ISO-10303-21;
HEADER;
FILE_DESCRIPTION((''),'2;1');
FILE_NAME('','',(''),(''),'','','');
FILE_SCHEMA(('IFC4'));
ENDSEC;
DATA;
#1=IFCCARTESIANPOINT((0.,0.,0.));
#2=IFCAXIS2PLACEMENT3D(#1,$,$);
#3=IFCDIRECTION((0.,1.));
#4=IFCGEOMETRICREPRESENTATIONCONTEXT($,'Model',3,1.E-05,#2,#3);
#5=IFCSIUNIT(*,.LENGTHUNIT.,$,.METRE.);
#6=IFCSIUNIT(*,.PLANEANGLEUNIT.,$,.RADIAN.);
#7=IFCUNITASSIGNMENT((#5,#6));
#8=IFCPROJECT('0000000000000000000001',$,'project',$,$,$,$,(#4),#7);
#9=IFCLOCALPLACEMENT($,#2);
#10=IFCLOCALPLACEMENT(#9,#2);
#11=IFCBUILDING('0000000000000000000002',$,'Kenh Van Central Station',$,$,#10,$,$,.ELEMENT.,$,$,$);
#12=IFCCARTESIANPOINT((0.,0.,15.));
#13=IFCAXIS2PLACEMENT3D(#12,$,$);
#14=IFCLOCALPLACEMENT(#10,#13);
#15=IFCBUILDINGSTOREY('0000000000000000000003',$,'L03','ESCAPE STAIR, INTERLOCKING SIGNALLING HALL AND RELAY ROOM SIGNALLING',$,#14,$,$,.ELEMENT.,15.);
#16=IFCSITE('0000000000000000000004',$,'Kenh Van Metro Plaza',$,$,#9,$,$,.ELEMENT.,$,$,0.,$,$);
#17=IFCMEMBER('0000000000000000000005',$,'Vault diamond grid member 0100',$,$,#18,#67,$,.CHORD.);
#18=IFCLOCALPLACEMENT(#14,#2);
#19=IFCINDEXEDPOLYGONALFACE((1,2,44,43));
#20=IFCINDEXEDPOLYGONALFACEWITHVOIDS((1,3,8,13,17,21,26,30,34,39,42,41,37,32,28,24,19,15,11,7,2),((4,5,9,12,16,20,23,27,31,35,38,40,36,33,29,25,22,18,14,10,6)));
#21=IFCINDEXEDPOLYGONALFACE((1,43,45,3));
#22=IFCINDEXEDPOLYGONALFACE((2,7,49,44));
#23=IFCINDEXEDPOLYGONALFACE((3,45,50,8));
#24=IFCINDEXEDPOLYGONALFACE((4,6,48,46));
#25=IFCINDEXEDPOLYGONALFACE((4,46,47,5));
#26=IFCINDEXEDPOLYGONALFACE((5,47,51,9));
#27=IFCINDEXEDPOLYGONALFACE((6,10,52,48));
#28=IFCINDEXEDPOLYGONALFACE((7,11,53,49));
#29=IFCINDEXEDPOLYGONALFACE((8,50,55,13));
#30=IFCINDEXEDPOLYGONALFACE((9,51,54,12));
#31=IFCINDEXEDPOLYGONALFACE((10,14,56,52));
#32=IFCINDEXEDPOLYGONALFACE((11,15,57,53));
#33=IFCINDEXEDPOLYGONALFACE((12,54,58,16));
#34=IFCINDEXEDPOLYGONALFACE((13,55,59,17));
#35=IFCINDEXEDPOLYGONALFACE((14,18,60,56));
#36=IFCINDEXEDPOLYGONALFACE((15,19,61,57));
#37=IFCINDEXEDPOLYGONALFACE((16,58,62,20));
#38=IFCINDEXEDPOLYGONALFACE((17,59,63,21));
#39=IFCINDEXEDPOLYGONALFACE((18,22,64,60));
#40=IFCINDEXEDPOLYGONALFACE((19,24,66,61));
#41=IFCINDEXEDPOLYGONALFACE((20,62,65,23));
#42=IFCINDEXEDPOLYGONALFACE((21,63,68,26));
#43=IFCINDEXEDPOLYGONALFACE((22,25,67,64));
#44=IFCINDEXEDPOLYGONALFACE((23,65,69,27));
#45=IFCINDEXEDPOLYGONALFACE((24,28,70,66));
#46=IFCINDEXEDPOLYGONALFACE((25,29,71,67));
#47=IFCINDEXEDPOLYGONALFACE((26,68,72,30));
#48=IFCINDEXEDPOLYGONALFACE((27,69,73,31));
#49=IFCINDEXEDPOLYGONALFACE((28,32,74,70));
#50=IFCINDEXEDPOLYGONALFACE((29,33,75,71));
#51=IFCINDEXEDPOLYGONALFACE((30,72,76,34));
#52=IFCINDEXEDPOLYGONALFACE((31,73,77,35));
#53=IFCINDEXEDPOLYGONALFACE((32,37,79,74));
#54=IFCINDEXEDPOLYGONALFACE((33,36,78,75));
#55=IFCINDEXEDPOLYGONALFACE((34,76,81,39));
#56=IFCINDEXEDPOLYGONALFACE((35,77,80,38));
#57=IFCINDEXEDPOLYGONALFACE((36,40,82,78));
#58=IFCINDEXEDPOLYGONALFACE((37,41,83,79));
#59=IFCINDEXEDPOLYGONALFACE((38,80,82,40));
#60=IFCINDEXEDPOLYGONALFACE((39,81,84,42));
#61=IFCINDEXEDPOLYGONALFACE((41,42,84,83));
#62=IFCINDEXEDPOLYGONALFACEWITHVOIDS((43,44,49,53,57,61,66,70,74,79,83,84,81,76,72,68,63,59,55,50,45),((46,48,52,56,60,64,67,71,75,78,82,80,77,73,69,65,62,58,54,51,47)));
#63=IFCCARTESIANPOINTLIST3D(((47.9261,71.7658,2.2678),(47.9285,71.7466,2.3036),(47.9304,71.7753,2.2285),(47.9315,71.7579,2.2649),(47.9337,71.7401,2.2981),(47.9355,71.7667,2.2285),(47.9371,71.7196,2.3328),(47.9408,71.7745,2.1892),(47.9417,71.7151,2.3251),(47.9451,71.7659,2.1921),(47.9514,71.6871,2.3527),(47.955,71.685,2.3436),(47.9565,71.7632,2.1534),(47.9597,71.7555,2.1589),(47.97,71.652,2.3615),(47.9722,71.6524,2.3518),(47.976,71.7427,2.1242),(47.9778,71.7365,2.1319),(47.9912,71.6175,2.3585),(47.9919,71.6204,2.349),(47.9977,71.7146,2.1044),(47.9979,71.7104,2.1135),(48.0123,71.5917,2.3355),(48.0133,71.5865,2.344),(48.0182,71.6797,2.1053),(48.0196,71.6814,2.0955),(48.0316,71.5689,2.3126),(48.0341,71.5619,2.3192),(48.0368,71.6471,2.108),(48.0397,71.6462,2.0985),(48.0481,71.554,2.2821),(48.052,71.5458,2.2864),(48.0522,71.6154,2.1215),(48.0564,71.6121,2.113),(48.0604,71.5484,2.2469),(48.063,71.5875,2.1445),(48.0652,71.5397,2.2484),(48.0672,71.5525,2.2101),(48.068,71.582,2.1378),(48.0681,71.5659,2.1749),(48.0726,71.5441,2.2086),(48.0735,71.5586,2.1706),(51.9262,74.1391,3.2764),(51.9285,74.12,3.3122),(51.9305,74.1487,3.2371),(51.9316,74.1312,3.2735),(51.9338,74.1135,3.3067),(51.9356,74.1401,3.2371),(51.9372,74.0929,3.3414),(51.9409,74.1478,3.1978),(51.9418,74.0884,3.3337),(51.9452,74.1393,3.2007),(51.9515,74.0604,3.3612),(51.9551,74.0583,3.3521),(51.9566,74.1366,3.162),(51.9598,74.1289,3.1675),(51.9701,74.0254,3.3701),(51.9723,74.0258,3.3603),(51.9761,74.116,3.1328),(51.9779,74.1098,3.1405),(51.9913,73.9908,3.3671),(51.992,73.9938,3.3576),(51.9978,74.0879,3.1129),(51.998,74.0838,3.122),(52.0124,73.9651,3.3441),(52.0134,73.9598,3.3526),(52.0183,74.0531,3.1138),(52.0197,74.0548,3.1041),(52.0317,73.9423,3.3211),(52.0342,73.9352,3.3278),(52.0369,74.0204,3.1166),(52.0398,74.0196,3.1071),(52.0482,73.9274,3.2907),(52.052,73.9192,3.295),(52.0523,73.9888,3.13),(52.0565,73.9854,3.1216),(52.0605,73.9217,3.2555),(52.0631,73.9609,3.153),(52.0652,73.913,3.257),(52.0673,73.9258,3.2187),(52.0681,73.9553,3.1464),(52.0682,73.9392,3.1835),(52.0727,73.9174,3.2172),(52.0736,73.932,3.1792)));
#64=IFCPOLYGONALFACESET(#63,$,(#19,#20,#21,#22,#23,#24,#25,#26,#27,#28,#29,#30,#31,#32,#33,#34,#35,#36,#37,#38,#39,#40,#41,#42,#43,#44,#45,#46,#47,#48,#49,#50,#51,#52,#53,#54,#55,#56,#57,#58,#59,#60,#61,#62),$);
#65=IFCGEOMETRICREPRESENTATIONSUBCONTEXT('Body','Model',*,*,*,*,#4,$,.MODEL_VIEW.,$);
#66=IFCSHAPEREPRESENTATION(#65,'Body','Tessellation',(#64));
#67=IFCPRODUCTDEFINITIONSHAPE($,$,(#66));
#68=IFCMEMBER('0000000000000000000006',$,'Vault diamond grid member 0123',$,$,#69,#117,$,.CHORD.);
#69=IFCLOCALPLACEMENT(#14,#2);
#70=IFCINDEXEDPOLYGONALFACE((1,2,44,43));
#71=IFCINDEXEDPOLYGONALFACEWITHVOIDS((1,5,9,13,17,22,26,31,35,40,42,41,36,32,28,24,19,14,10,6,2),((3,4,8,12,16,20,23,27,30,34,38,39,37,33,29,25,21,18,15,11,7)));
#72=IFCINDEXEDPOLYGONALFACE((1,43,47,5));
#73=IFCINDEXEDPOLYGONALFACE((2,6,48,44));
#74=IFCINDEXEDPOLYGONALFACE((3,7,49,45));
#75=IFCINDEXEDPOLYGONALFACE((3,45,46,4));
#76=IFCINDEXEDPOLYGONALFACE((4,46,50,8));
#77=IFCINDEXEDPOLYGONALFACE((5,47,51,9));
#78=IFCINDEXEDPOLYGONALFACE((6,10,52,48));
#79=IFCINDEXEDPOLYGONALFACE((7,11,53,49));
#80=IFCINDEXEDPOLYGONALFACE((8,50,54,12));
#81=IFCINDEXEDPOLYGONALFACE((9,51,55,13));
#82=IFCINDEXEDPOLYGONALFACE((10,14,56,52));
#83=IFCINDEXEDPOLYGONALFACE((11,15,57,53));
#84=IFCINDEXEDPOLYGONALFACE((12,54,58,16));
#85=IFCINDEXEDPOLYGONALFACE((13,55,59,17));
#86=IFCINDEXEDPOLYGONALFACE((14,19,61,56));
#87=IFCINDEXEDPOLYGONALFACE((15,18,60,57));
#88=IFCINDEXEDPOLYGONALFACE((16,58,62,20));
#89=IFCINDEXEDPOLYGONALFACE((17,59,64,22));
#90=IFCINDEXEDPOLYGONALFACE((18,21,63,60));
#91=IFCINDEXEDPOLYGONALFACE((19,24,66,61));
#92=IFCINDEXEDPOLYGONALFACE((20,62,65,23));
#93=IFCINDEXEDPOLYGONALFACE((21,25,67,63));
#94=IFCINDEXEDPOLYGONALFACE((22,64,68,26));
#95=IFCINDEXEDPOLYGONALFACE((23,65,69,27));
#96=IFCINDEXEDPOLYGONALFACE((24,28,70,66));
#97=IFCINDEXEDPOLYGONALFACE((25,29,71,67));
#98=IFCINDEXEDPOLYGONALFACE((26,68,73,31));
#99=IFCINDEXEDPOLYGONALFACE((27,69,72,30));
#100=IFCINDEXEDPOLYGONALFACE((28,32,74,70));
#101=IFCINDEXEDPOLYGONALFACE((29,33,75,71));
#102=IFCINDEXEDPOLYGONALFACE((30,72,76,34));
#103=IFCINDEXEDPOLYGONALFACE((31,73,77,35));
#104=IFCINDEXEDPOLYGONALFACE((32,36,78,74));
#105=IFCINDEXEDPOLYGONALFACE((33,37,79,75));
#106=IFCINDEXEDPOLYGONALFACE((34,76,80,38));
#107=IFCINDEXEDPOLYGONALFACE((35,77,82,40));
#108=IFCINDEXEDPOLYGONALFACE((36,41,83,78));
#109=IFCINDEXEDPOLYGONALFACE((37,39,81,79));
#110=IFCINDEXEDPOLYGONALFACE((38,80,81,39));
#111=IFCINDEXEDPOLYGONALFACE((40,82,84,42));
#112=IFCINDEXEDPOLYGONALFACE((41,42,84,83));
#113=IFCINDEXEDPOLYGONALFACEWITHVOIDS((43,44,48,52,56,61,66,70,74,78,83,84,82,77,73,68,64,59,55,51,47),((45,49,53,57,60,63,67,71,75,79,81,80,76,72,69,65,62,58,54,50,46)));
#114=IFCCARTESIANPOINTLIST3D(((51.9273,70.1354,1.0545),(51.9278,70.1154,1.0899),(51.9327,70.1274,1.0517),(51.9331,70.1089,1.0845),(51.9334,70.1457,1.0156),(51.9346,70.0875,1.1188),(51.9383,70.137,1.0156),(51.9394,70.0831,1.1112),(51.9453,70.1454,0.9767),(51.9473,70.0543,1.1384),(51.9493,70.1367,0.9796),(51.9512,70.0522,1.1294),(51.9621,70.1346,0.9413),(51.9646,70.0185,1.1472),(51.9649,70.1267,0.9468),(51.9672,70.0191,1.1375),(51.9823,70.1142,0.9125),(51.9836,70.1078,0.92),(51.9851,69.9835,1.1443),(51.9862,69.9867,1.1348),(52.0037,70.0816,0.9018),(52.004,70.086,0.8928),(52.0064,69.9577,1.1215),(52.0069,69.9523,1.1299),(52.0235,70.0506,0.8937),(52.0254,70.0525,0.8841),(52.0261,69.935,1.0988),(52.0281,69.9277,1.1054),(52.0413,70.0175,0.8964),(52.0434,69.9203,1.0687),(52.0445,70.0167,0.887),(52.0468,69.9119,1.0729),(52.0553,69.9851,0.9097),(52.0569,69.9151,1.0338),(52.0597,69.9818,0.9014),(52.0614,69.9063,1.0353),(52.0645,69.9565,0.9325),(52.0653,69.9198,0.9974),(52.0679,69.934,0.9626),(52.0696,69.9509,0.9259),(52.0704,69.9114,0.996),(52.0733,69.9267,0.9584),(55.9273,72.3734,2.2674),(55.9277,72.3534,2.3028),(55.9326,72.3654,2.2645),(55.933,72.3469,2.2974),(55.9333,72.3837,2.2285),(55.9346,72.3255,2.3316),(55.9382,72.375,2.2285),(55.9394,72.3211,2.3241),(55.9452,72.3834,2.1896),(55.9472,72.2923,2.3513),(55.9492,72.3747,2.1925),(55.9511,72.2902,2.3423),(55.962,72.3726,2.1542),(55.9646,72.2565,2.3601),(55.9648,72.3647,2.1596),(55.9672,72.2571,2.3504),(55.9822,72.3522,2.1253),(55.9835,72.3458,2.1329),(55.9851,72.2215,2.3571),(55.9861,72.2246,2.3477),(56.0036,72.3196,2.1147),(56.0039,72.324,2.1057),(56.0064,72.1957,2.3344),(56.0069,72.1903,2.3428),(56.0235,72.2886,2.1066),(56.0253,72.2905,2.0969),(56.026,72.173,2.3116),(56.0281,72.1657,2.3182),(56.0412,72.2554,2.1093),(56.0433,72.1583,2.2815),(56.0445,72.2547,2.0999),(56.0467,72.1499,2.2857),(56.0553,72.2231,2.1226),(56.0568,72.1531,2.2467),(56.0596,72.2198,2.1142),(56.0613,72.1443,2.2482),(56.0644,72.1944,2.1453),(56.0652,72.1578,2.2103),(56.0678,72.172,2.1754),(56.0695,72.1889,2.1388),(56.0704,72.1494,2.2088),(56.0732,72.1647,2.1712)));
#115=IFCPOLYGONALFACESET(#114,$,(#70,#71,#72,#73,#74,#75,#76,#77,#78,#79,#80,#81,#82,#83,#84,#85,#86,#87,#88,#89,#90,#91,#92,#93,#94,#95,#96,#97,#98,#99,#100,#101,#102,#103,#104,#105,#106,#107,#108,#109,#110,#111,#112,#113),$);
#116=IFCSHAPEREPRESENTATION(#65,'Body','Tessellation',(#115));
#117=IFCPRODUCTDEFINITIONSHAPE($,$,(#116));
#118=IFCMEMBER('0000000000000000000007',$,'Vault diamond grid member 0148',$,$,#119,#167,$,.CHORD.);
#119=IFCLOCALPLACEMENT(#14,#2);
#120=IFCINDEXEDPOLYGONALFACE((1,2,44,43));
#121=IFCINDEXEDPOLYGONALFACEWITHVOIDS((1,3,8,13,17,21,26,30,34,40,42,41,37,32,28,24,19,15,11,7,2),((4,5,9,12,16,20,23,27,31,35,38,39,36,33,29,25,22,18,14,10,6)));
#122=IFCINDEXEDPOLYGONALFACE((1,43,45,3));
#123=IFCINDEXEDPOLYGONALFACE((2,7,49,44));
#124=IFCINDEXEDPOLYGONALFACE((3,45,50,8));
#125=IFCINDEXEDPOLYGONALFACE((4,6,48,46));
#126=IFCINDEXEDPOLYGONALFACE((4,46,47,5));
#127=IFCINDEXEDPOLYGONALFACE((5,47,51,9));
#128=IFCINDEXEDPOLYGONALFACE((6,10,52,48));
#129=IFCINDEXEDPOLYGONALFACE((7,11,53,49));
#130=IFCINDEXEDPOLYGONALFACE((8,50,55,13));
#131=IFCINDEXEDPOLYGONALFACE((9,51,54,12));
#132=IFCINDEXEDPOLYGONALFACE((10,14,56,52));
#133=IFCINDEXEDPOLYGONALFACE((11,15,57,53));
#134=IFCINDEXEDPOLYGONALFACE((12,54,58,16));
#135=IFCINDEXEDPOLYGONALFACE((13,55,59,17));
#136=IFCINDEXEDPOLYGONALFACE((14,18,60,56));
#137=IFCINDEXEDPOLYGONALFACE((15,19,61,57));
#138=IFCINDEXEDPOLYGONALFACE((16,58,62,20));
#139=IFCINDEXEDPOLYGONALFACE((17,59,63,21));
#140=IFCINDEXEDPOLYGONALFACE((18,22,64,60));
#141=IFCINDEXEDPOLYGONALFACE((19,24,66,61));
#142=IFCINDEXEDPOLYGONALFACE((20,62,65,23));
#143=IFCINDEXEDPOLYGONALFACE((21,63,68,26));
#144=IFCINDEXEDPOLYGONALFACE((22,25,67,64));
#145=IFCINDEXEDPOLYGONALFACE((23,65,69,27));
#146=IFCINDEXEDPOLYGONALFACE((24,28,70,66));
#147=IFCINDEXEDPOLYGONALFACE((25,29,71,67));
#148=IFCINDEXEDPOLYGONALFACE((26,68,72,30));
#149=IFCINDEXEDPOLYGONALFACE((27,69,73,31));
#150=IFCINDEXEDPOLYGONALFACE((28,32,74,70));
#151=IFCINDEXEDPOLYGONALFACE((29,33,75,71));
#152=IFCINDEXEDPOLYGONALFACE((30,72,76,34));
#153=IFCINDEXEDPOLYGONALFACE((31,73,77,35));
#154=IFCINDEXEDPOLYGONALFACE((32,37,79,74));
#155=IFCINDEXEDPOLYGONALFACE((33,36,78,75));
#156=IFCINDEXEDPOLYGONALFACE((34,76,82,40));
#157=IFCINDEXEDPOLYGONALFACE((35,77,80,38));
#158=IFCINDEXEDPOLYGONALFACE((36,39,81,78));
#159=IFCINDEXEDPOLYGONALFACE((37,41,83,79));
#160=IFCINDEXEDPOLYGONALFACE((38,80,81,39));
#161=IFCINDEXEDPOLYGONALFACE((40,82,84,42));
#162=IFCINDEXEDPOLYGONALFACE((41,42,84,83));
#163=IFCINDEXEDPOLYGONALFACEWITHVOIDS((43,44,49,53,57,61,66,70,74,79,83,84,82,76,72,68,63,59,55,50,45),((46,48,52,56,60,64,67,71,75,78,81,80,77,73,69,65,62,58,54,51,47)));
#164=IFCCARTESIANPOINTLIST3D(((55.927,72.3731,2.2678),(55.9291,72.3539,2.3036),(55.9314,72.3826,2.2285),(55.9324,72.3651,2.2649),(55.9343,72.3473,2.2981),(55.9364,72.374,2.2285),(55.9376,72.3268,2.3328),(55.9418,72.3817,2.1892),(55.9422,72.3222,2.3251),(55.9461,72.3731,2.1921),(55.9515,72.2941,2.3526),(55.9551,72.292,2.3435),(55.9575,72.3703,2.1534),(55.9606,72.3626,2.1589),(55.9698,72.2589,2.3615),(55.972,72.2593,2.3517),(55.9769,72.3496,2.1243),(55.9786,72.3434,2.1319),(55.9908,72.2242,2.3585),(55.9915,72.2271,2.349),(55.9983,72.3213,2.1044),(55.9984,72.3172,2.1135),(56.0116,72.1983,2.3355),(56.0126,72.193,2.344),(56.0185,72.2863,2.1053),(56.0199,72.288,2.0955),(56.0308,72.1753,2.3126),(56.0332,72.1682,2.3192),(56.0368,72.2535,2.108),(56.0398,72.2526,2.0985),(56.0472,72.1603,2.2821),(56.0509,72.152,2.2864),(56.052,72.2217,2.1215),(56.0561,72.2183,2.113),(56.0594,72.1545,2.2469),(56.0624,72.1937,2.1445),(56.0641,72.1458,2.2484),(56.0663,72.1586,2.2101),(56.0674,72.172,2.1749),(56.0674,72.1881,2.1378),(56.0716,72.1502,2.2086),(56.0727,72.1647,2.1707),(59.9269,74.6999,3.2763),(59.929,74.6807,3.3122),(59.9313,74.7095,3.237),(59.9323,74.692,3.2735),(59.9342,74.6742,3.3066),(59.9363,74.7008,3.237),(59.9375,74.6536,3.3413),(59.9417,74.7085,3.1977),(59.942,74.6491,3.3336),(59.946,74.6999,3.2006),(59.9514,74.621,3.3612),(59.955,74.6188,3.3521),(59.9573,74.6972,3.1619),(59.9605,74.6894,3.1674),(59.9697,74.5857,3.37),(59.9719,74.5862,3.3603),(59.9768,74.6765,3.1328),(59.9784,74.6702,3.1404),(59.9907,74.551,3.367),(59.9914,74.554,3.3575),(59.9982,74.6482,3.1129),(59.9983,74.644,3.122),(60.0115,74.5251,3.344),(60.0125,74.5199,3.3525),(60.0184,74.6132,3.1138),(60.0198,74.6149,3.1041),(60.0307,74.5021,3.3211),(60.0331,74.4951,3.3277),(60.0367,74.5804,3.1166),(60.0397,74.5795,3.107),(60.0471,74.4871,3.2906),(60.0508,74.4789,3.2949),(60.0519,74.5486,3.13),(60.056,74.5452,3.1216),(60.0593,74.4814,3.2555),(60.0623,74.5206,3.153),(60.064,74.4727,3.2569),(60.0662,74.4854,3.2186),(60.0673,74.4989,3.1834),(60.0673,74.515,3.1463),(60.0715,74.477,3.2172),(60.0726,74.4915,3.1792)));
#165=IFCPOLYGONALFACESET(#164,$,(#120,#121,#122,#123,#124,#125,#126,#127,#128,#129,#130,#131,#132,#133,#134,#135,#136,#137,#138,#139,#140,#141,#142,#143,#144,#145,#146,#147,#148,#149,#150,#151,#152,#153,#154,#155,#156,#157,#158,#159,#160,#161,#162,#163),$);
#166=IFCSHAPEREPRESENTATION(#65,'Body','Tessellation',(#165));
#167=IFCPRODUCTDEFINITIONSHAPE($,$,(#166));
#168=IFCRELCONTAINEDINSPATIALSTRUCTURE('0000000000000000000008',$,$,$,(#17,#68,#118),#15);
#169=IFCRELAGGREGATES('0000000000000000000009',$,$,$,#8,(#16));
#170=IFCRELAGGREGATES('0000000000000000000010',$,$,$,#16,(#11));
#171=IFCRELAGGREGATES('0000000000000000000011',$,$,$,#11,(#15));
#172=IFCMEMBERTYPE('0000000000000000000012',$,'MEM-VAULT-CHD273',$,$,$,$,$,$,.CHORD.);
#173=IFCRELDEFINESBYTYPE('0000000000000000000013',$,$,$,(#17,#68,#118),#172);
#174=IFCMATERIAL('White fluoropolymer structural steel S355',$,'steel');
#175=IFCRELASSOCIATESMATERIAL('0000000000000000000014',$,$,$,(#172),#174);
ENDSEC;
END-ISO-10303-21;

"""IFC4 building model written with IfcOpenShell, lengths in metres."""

from ifc_helpers import new_model, si_unit, direction, frame, origin, origin_2d, place, context, subcontext, project, spatial, hollow_circle, extrude, material, material_profile, profile_set, type_object, element, save


model = new_model("IFC4")

# Units and contexts
model_context = context("Model", 3, precision=1e-05, world=origin(), true_north=direction((0.0, 1.0)))
body_context = subcontext(model_context, "Body", "Model", "MODEL_VIEW")
ifc_project = project(units=[si_unit("LENGTHUNIT", "METRE"), si_unit("PLANEANGLEUNIT", "RADIAN")], contexts=[model_context])

# Site, building, storey
site_placement = place(None, origin())
site = spatial("IfcSite", under=ifc_project, at=site_placement, Name="Kenh Van Metro Plaza", CompositionType="ELEMENT", RefElevation=0.0)
building_placement = place(site_placement, origin())
building = spatial("IfcBuilding", under=site, at=building_placement, Name="Kenh Van Central Station", CompositionType="ELEMENT")
storey_placement = place(building_placement, frame((0.0, 0.0, 15.0)))
storey = spatial("IfcBuildingStorey", under=building, at=storey_placement, Name="L03", Description="ESCAPE STAIR, INTERLOCKING SIGNALLING HALL AND RELAY ROOM SIGNALLING", CompositionType="ELEMENT", Elevation=15.0)

# Shared definitions
ifc_material_1 = material(Name="White fluoropolymer structural steel S355", Category="steel")

# Members
ifc_material_profile_1 = material_profile(ifc_material_1, hollow_circle(Radius=0.1365, WallThickness=0.01, at=origin_2d()), Name="CHS 273x10")
ifc_profile_set_1 = profile_set([ifc_material_profile_1], Name="White fluoropolymer structural steel S355")
member_type_1 = type_object("IfcMemberType", Name="MEM-VAULT-CHD273", PredefinedType="CHORD", material=ifc_profile_set_1)
member_1_placement = place(storey_placement, frame((48.0, 71.658, 2.2285), z_axis=(0.840483, 0.498678, 0.211916), x_axis=(-0.510267, 0.860016, 0.0)))
element("IfcMember", 1, at=member_1_placement, inside=storey, type_object=member_type_1, Name="Vault diamond grid member 0100", PredefinedType="CHORD", context=body_context, shape_type="SweptSolid", body=[
    extrude(hollow_circle(Radius=0.1365, WallThickness=0.01, at=origin_2d()), origin(), (0.0, 0.0, 1.0), 4.7593),
])
member_2_placement = place(storey_placement, frame((52.0, 70.0266, 1.0156), z_axis=(0.843651, 0.47203, 0.255814), x_axis=(-0.488277, 0.872689, 0.0)))
element("IfcMember", 2, at=member_2_placement, inside=storey, type_object=member_type_1, Name="Vault diamond grid member 0123", PredefinedType="CHORD", context=body_context, shape_type="SweptSolid", body=[
    extrude(hollow_circle(Radius=0.1365, WallThickness=0.01, at=origin_2d()), origin(), (0.0, 0.0, 1.0), 4.7412),
])
member_3_placement = place(storey_placement, frame((56.0, 72.2646, 2.2285), z_axis=(0.844558, 0.491301, 0.212944), x_axis=(-0.502834, 0.864383, 0.0)))
element("IfcMember", 3, at=member_3_placement, inside=storey, type_object=member_type_1, Name="Vault diamond grid member 0148", PredefinedType="CHORD", context=body_context, shape_type="SweptSolid", body=[
    extrude(hollow_circle(Radius=0.1365, WallThickness=0.01, at=origin_2d()), origin(), (0.0, 0.0, 1.0), 4.7361),
])

save(model, "model.ifc")
